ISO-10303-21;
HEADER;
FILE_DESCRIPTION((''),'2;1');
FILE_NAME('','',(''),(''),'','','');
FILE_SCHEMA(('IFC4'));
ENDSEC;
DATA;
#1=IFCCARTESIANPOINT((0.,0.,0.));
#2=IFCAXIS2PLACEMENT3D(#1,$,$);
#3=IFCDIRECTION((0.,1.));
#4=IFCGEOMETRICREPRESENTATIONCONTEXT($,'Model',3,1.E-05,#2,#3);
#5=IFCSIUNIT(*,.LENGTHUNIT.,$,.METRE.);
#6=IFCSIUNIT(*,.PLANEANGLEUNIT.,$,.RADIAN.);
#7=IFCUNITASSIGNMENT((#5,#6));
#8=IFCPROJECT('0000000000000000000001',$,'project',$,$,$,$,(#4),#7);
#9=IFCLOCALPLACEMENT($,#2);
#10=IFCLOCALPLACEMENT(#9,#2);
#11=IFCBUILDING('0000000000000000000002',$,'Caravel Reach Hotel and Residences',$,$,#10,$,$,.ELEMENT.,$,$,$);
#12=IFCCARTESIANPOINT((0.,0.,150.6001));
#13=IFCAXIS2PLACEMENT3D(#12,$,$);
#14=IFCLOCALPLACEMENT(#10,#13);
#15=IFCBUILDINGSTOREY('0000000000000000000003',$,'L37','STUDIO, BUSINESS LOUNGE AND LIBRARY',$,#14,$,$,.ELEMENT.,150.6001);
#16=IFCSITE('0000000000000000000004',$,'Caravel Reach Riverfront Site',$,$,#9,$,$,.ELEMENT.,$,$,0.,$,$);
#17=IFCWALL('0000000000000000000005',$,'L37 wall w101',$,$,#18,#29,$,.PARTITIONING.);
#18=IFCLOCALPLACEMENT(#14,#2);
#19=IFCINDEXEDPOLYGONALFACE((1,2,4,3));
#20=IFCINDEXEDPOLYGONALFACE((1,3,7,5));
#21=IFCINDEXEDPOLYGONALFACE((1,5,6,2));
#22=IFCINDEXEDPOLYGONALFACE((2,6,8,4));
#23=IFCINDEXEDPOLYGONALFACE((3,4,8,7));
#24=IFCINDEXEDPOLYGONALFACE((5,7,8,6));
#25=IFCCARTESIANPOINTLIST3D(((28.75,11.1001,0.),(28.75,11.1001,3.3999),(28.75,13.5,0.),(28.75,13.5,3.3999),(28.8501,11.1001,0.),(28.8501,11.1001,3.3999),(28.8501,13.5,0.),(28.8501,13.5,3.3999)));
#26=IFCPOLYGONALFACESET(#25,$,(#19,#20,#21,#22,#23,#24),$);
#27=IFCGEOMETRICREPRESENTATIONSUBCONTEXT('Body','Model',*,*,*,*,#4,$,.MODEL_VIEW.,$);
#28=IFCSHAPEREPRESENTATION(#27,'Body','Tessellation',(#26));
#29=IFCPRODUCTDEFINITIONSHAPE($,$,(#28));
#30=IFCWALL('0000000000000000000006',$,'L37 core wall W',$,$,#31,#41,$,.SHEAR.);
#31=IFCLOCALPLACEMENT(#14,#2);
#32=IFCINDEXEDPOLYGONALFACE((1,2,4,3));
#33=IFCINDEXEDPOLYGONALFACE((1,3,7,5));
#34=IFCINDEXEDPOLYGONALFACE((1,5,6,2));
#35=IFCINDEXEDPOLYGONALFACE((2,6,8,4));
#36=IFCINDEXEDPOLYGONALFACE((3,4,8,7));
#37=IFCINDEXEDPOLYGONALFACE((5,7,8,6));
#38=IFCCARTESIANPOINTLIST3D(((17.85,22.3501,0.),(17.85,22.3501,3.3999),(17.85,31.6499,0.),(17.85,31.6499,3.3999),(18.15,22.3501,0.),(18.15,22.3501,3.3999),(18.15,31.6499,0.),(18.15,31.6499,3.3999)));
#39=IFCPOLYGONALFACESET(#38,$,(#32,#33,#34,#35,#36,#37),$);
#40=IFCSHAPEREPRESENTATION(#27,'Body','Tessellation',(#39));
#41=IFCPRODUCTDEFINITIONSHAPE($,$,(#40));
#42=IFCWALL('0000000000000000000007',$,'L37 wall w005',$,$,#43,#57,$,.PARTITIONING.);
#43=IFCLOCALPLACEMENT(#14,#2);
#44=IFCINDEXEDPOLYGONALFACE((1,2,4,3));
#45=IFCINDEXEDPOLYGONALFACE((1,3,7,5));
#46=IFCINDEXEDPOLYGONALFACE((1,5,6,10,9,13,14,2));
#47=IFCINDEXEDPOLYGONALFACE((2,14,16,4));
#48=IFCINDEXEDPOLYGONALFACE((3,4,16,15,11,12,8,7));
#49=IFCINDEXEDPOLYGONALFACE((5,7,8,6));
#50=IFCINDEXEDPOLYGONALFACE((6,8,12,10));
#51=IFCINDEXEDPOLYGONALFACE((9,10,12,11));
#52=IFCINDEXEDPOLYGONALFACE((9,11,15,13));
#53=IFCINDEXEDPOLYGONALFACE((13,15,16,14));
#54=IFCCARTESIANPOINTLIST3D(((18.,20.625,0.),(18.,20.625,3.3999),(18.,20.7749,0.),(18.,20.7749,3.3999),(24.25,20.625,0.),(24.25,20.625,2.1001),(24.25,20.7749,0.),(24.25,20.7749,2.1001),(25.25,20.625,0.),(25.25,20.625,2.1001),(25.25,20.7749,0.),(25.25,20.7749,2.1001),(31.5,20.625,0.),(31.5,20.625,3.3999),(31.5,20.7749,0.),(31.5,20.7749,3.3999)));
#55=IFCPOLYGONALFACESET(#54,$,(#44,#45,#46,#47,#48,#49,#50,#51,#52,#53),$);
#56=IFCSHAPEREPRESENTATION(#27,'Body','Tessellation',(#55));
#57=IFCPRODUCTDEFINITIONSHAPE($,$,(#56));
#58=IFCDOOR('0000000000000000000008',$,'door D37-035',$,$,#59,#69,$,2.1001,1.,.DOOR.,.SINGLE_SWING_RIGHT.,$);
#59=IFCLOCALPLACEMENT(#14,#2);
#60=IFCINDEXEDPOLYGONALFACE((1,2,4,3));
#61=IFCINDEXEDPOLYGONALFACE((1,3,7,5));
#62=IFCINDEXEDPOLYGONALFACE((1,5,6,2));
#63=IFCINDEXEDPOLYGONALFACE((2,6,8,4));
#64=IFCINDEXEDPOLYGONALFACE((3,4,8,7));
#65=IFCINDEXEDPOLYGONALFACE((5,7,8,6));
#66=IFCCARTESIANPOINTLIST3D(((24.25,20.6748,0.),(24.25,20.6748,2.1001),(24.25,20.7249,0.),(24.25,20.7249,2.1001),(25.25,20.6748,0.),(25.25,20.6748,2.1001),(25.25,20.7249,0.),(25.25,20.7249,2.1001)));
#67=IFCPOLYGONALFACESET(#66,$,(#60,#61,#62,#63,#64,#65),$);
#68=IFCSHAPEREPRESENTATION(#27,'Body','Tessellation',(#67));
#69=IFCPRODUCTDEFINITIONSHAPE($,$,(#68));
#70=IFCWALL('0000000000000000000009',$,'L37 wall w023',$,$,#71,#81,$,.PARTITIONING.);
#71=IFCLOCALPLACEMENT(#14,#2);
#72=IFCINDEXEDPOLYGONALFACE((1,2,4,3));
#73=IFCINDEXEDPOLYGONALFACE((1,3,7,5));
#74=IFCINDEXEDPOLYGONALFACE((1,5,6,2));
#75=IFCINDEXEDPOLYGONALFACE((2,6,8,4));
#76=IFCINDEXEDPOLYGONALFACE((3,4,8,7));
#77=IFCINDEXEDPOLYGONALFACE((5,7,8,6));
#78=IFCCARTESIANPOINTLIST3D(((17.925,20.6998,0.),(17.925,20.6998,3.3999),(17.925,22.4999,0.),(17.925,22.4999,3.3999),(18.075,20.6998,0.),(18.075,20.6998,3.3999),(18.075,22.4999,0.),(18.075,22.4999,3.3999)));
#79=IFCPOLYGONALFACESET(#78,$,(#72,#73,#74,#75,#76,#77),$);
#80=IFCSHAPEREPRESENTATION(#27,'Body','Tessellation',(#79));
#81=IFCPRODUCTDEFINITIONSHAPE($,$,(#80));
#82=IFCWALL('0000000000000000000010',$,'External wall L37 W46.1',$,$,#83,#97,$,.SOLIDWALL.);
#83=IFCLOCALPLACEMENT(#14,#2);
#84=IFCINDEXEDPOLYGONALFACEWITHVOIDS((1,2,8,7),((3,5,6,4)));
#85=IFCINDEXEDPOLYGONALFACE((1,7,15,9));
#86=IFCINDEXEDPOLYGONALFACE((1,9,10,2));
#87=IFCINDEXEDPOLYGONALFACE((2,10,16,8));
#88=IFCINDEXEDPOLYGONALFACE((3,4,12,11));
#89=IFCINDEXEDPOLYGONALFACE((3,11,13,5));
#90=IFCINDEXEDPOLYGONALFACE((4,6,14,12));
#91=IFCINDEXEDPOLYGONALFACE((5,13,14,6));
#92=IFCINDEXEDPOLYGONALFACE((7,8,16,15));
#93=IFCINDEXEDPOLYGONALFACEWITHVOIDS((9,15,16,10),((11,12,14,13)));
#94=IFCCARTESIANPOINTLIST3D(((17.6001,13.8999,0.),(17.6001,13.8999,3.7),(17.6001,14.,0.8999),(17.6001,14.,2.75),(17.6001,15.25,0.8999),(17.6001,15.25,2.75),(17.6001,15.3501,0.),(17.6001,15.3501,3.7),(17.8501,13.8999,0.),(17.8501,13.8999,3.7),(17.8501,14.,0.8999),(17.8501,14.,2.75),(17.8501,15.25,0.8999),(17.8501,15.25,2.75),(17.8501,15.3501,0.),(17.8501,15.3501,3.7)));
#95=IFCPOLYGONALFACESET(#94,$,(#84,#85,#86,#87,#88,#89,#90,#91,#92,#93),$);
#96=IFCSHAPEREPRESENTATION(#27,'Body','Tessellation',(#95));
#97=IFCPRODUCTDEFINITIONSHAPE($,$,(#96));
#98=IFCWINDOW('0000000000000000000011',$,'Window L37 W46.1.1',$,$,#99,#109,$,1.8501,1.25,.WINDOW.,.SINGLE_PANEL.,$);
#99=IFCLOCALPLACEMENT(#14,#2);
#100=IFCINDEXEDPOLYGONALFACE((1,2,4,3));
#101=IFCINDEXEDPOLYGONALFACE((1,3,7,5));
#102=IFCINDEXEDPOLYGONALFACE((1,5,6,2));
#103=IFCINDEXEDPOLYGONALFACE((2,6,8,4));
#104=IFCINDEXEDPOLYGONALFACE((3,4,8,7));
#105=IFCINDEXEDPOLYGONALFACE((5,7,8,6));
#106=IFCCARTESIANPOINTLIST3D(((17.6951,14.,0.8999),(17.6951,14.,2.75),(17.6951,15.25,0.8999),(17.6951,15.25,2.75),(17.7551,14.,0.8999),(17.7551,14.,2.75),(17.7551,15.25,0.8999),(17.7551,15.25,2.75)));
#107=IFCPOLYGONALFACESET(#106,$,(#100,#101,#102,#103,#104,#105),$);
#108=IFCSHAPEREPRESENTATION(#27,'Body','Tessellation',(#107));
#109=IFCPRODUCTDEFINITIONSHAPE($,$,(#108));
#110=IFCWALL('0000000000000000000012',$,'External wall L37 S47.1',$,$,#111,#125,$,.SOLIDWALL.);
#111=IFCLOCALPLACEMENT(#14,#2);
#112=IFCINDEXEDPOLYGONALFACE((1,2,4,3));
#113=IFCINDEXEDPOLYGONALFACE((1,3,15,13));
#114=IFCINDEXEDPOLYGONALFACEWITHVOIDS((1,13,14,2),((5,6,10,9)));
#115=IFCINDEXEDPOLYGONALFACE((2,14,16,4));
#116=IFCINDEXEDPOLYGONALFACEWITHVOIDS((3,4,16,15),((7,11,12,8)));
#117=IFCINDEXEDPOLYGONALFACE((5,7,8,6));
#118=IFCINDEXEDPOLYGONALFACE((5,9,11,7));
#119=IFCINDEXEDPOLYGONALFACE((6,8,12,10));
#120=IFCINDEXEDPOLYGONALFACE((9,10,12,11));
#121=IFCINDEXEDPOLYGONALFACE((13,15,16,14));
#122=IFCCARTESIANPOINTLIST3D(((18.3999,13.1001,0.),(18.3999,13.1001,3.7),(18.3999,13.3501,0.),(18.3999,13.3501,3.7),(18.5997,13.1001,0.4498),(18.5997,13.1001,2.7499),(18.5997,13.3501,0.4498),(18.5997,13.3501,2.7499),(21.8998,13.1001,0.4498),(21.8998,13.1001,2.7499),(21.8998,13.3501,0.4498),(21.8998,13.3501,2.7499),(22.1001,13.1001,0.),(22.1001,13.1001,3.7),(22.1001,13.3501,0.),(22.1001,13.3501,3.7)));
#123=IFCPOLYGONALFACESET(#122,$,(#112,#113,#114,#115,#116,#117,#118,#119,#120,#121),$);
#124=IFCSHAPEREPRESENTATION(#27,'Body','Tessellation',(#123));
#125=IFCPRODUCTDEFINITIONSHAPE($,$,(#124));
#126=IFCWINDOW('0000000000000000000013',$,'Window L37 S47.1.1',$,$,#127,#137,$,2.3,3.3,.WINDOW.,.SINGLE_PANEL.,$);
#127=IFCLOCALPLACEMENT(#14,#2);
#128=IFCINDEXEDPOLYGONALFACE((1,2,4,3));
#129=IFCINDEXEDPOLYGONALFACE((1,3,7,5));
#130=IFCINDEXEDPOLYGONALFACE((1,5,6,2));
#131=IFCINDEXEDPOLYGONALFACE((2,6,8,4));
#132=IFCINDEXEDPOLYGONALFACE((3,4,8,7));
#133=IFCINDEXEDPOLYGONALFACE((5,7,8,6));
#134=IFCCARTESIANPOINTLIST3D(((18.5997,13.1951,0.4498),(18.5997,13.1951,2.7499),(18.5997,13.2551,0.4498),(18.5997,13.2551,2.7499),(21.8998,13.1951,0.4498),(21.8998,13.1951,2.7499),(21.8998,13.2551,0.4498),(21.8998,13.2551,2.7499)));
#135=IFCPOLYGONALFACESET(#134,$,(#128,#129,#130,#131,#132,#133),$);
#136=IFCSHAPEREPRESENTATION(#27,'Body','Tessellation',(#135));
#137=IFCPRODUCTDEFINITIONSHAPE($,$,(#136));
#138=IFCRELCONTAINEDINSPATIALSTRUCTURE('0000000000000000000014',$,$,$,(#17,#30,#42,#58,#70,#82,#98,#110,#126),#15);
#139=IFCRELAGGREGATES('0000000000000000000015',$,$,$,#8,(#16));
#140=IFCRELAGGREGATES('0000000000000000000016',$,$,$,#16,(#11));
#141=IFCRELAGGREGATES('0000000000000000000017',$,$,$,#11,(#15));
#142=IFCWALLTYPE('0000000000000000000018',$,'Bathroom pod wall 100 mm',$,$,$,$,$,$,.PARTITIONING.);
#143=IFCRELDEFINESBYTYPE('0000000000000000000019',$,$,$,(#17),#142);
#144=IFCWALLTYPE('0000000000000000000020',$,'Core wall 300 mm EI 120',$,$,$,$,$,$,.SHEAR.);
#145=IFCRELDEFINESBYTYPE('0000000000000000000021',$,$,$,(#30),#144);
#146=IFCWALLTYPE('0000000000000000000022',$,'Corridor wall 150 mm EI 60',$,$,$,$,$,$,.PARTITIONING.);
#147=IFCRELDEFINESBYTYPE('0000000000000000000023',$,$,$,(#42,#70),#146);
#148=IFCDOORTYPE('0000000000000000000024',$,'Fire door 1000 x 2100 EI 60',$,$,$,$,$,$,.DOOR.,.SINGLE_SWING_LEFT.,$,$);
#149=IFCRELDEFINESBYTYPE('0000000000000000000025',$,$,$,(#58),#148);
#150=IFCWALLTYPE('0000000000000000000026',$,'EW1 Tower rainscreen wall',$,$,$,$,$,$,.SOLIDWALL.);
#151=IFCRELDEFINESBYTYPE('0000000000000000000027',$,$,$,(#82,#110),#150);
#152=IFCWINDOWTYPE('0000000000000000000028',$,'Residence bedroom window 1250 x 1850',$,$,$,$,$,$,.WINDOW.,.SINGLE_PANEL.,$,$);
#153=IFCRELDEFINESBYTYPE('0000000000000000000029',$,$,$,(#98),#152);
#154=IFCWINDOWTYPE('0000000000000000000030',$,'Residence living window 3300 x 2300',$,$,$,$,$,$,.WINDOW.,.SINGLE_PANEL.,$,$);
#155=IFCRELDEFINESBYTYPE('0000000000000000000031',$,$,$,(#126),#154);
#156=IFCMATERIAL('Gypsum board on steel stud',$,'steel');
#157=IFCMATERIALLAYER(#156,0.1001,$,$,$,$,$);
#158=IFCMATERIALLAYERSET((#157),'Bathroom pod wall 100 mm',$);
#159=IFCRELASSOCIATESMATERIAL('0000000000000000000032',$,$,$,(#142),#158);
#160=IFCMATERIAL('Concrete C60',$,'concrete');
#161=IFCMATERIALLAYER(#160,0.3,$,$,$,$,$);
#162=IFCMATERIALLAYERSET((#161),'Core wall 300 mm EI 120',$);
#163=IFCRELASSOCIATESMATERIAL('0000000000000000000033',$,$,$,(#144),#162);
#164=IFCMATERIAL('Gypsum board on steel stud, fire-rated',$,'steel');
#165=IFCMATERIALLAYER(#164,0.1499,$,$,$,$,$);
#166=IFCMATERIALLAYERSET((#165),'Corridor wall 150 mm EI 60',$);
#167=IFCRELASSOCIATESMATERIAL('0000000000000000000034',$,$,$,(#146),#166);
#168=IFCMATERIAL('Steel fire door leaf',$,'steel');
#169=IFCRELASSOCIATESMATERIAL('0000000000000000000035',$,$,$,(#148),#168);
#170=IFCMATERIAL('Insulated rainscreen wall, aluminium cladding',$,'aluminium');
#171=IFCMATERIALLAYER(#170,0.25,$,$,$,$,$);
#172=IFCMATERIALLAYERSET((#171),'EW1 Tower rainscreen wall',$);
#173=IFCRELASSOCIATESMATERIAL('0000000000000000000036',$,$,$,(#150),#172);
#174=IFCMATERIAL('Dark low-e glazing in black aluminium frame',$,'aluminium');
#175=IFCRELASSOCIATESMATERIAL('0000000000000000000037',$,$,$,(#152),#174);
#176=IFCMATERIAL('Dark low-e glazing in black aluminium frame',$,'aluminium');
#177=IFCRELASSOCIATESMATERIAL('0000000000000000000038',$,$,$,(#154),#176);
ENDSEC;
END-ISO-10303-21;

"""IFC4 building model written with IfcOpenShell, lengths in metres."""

from ifc_helpers import new_model, si_unit, direction, frame, frame_2d, origin, place, context, subcontext, project, spatial, rectangle, extrude, material, layer, layer_set, type_object, element, fill, save


model = new_model("IFC4")

# Units and contexts
model_context = context("Model", 3, precision=1e-05, world=origin(), true_north=direction((0.0, 1.0)))
body_context = subcontext(model_context, "Body", "Model", "MODEL_VIEW")
ifc_project = project(units=[si_unit("LENGTHUNIT", "METRE"), si_unit("PLANEANGLEUNIT", "RADIAN")], contexts=[model_context])

# Site, building, storey
site_placement = place(None, origin())
site = spatial("IfcSite", under=ifc_project, at=site_placement, Name="Caravel Reach Riverfront Site", CompositionType="ELEMENT", RefElevation=0.0)
building_placement = place(site_placement, origin())
building = spatial("IfcBuilding", under=site, at=building_placement, Name="Caravel Reach Hotel and Residences", CompositionType="ELEMENT")
storey_placement = place(building_placement, frame((0.0, 0.0, 150.6001)))
storey = spatial("IfcBuildingStorey", under=building, at=storey_placement, Name="L37", Description="STUDIO, BUSINESS LOUNGE AND LIBRARY", CompositionType="ELEMENT", Elevation=150.6001)

# Shared definitions
ifc_material_1 = material(Name="Gypsum board on steel stud", Category="steel")
ifc_layer_1 = layer(ifc_material_1, 0.1001)
ifc_layer_set_1 = layer_set([ifc_layer_1], Name="Bathroom pod wall 100 mm")
wall_type_1 = type_object("IfcWallType", Name="Bathroom pod wall 100 mm", PredefinedType="PARTITIONING", material=ifc_layer_set_1)

# Walls
wall_1_placement = place(storey_placement, frame((28.8, 11.1001, 0.0), z_axis=(0.0, 0.0, 1.0), x_axis=(0.0, 1.0, 0.0)))
element("IfcWall", 1, at=wall_1_placement, inside=storey, type_object=wall_type_1, Name="L37 wall w101", PredefinedType="PARTITIONING", context=body_context, shape_type="SweptSolid", body=[
    extrude(rectangle(XDim=2.3999, YDim=0.1001, at=frame_2d((1.2, 0.0))), origin(), (0.0, 0.0, 1.0), 3.3999),
])
ifc_material_2 = material(Name="Concrete C60", Category="concrete")
ifc_layer_2 = layer(ifc_material_2, 0.3)
ifc_layer_set_2 = layer_set([ifc_layer_2], Name="Core wall 300 mm EI 120")
wall_type_2 = type_object("IfcWallType", Name="Core wall 300 mm EI 120", PredefinedType="SHEAR", material=ifc_layer_set_2)
wall_2_placement = place(storey_placement, frame((18.0, 22.3501, 0.0), z_axis=(0.0, 0.0, 1.0), x_axis=(0.0, 1.0, 0.0)))
element("IfcWall", 2, at=wall_2_placement, inside=storey, type_object=wall_type_2, Name="L37 core wall W", PredefinedType="SHEAR", context=body_context, shape_type="SweptSolid", body=[
    extrude(rectangle(XDim=9.2998, YDim=0.3, at=frame_2d((4.6499, 0.0))), origin(), (0.0, 0.0, 1.0), 3.3999),
])

# Wall, opening, door
ifc_material_3 = material(Name="Gypsum board on steel stud, fire-rated", Category="steel")
ifc_layer_3 = layer(ifc_material_3, 0.1499)
ifc_layer_set_3 = layer_set([ifc_layer_3], Name="Corridor wall 150 mm EI 60")
wall_type_3 = type_object("IfcWallType", Name="Corridor wall 150 mm EI 60", PredefinedType="PARTITIONING", material=ifc_layer_set_3)
wall_3_placement = place(storey_placement, frame((18.0, 20.7, 0.0), z_axis=(0.0, 0.0, 1.0), x_axis=(1.0, 0.0, 0.0)))
wall_3 = element("IfcWall", 3, at=wall_3_placement, inside=storey, type_object=wall_type_3, Name="L37 wall w005", PredefinedType="PARTITIONING", context=body_context, shape_type="SweptSolid", body=[
    extrude(rectangle(XDim=13.5, YDim=0.1499, at=frame_2d((6.75, 0.0))), origin(), (0.0, 0.0, 1.0), 3.3999),
])
opening_1_placement = place(wall_3_placement, frame((6.25, 0.0, 0.0)))
opening_1 = element("IfcOpeningElement", 4, at=opening_1_placement, cuts=wall_3, PredefinedType="OPENING", context=body_context, shape_type="SweptSolid", body=[
    extrude(rectangle(XDim=1.0, YDim=2.1001, at=frame_2d((0.5, 1.05))), frame((0.0, 0.085, 0.0), z_axis=(0.0, -1.0, 0.0), x_axis=(1.0, 0.0, 0.0)), (0.0, 0.0, 1.0), 0.1699),
])
ifc_material_4 = material(Name="Steel fire door leaf", Category="steel")
door_type_1 = type_object("IfcDoorType", Name="Fire door 1000 x 2100 EI 60", OperationType="SINGLE_SWING_LEFT", PredefinedType="DOOR", material=ifc_material_4)
door_1_placement = place(opening_1_placement, origin())
door_1 = element("IfcDoor", 5, at=door_1_placement, inside=storey, type_object=door_type_1, Name="door D37-035", OperationType="SINGLE_SWING_RIGHT", OverallHeight=2.1001, OverallWidth=1.0, PredefinedType="DOOR", context=body_context, shape_type="SweptSolid", body=[
    extrude(rectangle(XDim=1.0, YDim=2.1001, at=frame_2d((0.5, 1.05))), frame((0.0, 0.0249, 0.0), z_axis=(0.0, -1.0, 0.0), x_axis=(1.0, 0.0, 0.0)), (0.0, 0.0, 1.0), 0.05),
])
fill(opening_1, door_1)

# Wall
wall_4_placement = place(storey_placement, frame((18.0, 20.7, 0.0), z_axis=(0.0, 0.0, 1.0), x_axis=(0.0, 1.0, 0.0)))
element("IfcWall", 6, at=wall_4_placement, inside=storey, type_object=wall_type_3, Name="L37 wall w023", PredefinedType="PARTITIONING", context=body_context, shape_type="SweptSolid", body=[
    extrude(rectangle(XDim=1.8, YDim=0.1499, at=frame_2d((0.8999, 0.0))), origin(), (0.0, 0.0, 1.0), 3.3999),
])

# Walls, openings, windows
ifc_material_5 = material(Name="Insulated rainscreen wall, aluminium cladding", Category="aluminium")
ifc_layer_4 = layer(ifc_material_5, 0.25)
ifc_layer_set_4 = layer_set([ifc_layer_4], Name="EW1 Tower rainscreen wall")
wall_type_4 = type_object("IfcWallType", Name="EW1 Tower rainscreen wall", PredefinedType="SOLIDWALL", material=ifc_layer_set_4)
wall_5_placement = place(storey_placement, frame((17.7251, 15.3501, 0.0), z_axis=(0.0, 0.0, 1.0), x_axis=(0.0, -1.0, 0.0)))
wall_5 = element("IfcWall", 7, at=wall_5_placement, inside=storey, type_object=wall_type_4, Name="External wall L37 W46.1", PredefinedType="SOLIDWALL", context=body_context, shape_type="SweptSolid", body=[
    extrude(rectangle(XDim=1.4502, YDim=0.25, at=frame_2d((0.7251, 0.0))), origin(), (0.0, 0.0, 1.0), 3.7),
])
opening_2_placement = place(wall_5_placement, frame((0.1001, 0.0, 0.8999)))
opening_2 = element("IfcOpeningElement", 8, at=opening_2_placement, cuts=wall_5, PredefinedType="OPENING", context=body_context, shape_type="SweptSolid", body=[
    extrude(rectangle(XDim=1.25, YDim=1.8501, at=frame_2d((0.625, 0.925))), frame((0.0, 0.135, 0.0), z_axis=(0.0, -1.0, 0.0), x_axis=(1.0, 0.0, 0.0)), (0.0, 0.0, 1.0), 0.27),
])
ifc_material_6 = material(Name="Dark low-e glazing in black aluminium frame", Category="aluminium")
window_type_1 = type_object("IfcWindowType", Name="Residence bedroom window 1250 x 1850", PartitioningType="SINGLE_PANEL", PredefinedType="WINDOW", material=ifc_material_6)
window_1_placement = place(opening_2_placement, origin())
window_1 = element("IfcWindow", 9, at=window_1_placement, inside=storey, type_object=window_type_1, Name="Window L37 W46.1.1", OverallHeight=1.8501, OverallWidth=1.25, PartitioningType="SINGLE_PANEL", PredefinedType="WINDOW", context=body_context, shape_type="SweptSolid", body=[
    extrude(rectangle(XDim=1.25, YDim=1.8501, at=frame_2d((0.625, 0.925))), frame((0.0, 0.03, 0.0), z_axis=(0.0, -1.0, 0.0), x_axis=(1.0, 0.0, 0.0)), (0.0, 0.0, 1.0), 0.0601),
])
fill(opening_2, window_1)
wall_6_placement = place(storey_placement, frame((18.3999, 13.2251, 0.0), z_axis=(0.0, 0.0, 1.0), x_axis=(1.0, 0.0, 0.0)))
wall_6 = element("IfcWall", 10, at=wall_6_placement, inside=storey, type_object=wall_type_4, Name="External wall L37 S47.1", PredefinedType="SOLIDWALL", context=body_context, shape_type="SweptSolid", body=[
    extrude(rectangle(XDim=3.7002, YDim=0.25, at=frame_2d((1.8501, 0.0))), origin(), (0.0, 0.0, 1.0), 3.7),
])
opening_3_placement = place(wall_6_placement, frame((0.2, 0.0, 0.45)))
opening_3 = element("IfcOpeningElement", 11, at=opening_3_placement, cuts=wall_6, PredefinedType="OPENING", context=body_context, shape_type="SweptSolid", body=[
    extrude(rectangle(XDim=3.3, YDim=2.3, at=frame_2d((1.6499, 1.1499))), frame((0.0, 0.135, 0.0), z_axis=(0.0, -1.0, 0.0), x_axis=(1.0, 0.0, 0.0)), (0.0, 0.0, 1.0), 0.27),
])
ifc_material_7 = material(Name="Dark low-e glazing in black aluminium frame", Category="aluminium")
window_type_2 = type_object("IfcWindowType", Name="Residence living window 3300 x 2300", PartitioningType="SINGLE_PANEL", PredefinedType="WINDOW", material=ifc_material_7)
window_2_placement = place(opening_3_placement, origin())
window_2 = element("IfcWindow", 12, at=window_2_placement, inside=storey, type_object=window_type_2, Name="Window L37 S47.1.1", OverallHeight=2.3, OverallWidth=3.3, PartitioningType="SINGLE_PANEL", PredefinedType="WINDOW", context=body_context, shape_type="SweptSolid", body=[
    extrude(rectangle(XDim=3.3, YDim=2.3, at=frame_2d((1.6499, 1.1499))), frame((0.0, 0.03, 0.0), z_axis=(0.0, -1.0, 0.0), x_axis=(1.0, 0.0, 0.0)), (0.0, 0.0, 1.0), 0.0601),
])
fill(opening_3, window_2)

save(model, "model.ifc")
